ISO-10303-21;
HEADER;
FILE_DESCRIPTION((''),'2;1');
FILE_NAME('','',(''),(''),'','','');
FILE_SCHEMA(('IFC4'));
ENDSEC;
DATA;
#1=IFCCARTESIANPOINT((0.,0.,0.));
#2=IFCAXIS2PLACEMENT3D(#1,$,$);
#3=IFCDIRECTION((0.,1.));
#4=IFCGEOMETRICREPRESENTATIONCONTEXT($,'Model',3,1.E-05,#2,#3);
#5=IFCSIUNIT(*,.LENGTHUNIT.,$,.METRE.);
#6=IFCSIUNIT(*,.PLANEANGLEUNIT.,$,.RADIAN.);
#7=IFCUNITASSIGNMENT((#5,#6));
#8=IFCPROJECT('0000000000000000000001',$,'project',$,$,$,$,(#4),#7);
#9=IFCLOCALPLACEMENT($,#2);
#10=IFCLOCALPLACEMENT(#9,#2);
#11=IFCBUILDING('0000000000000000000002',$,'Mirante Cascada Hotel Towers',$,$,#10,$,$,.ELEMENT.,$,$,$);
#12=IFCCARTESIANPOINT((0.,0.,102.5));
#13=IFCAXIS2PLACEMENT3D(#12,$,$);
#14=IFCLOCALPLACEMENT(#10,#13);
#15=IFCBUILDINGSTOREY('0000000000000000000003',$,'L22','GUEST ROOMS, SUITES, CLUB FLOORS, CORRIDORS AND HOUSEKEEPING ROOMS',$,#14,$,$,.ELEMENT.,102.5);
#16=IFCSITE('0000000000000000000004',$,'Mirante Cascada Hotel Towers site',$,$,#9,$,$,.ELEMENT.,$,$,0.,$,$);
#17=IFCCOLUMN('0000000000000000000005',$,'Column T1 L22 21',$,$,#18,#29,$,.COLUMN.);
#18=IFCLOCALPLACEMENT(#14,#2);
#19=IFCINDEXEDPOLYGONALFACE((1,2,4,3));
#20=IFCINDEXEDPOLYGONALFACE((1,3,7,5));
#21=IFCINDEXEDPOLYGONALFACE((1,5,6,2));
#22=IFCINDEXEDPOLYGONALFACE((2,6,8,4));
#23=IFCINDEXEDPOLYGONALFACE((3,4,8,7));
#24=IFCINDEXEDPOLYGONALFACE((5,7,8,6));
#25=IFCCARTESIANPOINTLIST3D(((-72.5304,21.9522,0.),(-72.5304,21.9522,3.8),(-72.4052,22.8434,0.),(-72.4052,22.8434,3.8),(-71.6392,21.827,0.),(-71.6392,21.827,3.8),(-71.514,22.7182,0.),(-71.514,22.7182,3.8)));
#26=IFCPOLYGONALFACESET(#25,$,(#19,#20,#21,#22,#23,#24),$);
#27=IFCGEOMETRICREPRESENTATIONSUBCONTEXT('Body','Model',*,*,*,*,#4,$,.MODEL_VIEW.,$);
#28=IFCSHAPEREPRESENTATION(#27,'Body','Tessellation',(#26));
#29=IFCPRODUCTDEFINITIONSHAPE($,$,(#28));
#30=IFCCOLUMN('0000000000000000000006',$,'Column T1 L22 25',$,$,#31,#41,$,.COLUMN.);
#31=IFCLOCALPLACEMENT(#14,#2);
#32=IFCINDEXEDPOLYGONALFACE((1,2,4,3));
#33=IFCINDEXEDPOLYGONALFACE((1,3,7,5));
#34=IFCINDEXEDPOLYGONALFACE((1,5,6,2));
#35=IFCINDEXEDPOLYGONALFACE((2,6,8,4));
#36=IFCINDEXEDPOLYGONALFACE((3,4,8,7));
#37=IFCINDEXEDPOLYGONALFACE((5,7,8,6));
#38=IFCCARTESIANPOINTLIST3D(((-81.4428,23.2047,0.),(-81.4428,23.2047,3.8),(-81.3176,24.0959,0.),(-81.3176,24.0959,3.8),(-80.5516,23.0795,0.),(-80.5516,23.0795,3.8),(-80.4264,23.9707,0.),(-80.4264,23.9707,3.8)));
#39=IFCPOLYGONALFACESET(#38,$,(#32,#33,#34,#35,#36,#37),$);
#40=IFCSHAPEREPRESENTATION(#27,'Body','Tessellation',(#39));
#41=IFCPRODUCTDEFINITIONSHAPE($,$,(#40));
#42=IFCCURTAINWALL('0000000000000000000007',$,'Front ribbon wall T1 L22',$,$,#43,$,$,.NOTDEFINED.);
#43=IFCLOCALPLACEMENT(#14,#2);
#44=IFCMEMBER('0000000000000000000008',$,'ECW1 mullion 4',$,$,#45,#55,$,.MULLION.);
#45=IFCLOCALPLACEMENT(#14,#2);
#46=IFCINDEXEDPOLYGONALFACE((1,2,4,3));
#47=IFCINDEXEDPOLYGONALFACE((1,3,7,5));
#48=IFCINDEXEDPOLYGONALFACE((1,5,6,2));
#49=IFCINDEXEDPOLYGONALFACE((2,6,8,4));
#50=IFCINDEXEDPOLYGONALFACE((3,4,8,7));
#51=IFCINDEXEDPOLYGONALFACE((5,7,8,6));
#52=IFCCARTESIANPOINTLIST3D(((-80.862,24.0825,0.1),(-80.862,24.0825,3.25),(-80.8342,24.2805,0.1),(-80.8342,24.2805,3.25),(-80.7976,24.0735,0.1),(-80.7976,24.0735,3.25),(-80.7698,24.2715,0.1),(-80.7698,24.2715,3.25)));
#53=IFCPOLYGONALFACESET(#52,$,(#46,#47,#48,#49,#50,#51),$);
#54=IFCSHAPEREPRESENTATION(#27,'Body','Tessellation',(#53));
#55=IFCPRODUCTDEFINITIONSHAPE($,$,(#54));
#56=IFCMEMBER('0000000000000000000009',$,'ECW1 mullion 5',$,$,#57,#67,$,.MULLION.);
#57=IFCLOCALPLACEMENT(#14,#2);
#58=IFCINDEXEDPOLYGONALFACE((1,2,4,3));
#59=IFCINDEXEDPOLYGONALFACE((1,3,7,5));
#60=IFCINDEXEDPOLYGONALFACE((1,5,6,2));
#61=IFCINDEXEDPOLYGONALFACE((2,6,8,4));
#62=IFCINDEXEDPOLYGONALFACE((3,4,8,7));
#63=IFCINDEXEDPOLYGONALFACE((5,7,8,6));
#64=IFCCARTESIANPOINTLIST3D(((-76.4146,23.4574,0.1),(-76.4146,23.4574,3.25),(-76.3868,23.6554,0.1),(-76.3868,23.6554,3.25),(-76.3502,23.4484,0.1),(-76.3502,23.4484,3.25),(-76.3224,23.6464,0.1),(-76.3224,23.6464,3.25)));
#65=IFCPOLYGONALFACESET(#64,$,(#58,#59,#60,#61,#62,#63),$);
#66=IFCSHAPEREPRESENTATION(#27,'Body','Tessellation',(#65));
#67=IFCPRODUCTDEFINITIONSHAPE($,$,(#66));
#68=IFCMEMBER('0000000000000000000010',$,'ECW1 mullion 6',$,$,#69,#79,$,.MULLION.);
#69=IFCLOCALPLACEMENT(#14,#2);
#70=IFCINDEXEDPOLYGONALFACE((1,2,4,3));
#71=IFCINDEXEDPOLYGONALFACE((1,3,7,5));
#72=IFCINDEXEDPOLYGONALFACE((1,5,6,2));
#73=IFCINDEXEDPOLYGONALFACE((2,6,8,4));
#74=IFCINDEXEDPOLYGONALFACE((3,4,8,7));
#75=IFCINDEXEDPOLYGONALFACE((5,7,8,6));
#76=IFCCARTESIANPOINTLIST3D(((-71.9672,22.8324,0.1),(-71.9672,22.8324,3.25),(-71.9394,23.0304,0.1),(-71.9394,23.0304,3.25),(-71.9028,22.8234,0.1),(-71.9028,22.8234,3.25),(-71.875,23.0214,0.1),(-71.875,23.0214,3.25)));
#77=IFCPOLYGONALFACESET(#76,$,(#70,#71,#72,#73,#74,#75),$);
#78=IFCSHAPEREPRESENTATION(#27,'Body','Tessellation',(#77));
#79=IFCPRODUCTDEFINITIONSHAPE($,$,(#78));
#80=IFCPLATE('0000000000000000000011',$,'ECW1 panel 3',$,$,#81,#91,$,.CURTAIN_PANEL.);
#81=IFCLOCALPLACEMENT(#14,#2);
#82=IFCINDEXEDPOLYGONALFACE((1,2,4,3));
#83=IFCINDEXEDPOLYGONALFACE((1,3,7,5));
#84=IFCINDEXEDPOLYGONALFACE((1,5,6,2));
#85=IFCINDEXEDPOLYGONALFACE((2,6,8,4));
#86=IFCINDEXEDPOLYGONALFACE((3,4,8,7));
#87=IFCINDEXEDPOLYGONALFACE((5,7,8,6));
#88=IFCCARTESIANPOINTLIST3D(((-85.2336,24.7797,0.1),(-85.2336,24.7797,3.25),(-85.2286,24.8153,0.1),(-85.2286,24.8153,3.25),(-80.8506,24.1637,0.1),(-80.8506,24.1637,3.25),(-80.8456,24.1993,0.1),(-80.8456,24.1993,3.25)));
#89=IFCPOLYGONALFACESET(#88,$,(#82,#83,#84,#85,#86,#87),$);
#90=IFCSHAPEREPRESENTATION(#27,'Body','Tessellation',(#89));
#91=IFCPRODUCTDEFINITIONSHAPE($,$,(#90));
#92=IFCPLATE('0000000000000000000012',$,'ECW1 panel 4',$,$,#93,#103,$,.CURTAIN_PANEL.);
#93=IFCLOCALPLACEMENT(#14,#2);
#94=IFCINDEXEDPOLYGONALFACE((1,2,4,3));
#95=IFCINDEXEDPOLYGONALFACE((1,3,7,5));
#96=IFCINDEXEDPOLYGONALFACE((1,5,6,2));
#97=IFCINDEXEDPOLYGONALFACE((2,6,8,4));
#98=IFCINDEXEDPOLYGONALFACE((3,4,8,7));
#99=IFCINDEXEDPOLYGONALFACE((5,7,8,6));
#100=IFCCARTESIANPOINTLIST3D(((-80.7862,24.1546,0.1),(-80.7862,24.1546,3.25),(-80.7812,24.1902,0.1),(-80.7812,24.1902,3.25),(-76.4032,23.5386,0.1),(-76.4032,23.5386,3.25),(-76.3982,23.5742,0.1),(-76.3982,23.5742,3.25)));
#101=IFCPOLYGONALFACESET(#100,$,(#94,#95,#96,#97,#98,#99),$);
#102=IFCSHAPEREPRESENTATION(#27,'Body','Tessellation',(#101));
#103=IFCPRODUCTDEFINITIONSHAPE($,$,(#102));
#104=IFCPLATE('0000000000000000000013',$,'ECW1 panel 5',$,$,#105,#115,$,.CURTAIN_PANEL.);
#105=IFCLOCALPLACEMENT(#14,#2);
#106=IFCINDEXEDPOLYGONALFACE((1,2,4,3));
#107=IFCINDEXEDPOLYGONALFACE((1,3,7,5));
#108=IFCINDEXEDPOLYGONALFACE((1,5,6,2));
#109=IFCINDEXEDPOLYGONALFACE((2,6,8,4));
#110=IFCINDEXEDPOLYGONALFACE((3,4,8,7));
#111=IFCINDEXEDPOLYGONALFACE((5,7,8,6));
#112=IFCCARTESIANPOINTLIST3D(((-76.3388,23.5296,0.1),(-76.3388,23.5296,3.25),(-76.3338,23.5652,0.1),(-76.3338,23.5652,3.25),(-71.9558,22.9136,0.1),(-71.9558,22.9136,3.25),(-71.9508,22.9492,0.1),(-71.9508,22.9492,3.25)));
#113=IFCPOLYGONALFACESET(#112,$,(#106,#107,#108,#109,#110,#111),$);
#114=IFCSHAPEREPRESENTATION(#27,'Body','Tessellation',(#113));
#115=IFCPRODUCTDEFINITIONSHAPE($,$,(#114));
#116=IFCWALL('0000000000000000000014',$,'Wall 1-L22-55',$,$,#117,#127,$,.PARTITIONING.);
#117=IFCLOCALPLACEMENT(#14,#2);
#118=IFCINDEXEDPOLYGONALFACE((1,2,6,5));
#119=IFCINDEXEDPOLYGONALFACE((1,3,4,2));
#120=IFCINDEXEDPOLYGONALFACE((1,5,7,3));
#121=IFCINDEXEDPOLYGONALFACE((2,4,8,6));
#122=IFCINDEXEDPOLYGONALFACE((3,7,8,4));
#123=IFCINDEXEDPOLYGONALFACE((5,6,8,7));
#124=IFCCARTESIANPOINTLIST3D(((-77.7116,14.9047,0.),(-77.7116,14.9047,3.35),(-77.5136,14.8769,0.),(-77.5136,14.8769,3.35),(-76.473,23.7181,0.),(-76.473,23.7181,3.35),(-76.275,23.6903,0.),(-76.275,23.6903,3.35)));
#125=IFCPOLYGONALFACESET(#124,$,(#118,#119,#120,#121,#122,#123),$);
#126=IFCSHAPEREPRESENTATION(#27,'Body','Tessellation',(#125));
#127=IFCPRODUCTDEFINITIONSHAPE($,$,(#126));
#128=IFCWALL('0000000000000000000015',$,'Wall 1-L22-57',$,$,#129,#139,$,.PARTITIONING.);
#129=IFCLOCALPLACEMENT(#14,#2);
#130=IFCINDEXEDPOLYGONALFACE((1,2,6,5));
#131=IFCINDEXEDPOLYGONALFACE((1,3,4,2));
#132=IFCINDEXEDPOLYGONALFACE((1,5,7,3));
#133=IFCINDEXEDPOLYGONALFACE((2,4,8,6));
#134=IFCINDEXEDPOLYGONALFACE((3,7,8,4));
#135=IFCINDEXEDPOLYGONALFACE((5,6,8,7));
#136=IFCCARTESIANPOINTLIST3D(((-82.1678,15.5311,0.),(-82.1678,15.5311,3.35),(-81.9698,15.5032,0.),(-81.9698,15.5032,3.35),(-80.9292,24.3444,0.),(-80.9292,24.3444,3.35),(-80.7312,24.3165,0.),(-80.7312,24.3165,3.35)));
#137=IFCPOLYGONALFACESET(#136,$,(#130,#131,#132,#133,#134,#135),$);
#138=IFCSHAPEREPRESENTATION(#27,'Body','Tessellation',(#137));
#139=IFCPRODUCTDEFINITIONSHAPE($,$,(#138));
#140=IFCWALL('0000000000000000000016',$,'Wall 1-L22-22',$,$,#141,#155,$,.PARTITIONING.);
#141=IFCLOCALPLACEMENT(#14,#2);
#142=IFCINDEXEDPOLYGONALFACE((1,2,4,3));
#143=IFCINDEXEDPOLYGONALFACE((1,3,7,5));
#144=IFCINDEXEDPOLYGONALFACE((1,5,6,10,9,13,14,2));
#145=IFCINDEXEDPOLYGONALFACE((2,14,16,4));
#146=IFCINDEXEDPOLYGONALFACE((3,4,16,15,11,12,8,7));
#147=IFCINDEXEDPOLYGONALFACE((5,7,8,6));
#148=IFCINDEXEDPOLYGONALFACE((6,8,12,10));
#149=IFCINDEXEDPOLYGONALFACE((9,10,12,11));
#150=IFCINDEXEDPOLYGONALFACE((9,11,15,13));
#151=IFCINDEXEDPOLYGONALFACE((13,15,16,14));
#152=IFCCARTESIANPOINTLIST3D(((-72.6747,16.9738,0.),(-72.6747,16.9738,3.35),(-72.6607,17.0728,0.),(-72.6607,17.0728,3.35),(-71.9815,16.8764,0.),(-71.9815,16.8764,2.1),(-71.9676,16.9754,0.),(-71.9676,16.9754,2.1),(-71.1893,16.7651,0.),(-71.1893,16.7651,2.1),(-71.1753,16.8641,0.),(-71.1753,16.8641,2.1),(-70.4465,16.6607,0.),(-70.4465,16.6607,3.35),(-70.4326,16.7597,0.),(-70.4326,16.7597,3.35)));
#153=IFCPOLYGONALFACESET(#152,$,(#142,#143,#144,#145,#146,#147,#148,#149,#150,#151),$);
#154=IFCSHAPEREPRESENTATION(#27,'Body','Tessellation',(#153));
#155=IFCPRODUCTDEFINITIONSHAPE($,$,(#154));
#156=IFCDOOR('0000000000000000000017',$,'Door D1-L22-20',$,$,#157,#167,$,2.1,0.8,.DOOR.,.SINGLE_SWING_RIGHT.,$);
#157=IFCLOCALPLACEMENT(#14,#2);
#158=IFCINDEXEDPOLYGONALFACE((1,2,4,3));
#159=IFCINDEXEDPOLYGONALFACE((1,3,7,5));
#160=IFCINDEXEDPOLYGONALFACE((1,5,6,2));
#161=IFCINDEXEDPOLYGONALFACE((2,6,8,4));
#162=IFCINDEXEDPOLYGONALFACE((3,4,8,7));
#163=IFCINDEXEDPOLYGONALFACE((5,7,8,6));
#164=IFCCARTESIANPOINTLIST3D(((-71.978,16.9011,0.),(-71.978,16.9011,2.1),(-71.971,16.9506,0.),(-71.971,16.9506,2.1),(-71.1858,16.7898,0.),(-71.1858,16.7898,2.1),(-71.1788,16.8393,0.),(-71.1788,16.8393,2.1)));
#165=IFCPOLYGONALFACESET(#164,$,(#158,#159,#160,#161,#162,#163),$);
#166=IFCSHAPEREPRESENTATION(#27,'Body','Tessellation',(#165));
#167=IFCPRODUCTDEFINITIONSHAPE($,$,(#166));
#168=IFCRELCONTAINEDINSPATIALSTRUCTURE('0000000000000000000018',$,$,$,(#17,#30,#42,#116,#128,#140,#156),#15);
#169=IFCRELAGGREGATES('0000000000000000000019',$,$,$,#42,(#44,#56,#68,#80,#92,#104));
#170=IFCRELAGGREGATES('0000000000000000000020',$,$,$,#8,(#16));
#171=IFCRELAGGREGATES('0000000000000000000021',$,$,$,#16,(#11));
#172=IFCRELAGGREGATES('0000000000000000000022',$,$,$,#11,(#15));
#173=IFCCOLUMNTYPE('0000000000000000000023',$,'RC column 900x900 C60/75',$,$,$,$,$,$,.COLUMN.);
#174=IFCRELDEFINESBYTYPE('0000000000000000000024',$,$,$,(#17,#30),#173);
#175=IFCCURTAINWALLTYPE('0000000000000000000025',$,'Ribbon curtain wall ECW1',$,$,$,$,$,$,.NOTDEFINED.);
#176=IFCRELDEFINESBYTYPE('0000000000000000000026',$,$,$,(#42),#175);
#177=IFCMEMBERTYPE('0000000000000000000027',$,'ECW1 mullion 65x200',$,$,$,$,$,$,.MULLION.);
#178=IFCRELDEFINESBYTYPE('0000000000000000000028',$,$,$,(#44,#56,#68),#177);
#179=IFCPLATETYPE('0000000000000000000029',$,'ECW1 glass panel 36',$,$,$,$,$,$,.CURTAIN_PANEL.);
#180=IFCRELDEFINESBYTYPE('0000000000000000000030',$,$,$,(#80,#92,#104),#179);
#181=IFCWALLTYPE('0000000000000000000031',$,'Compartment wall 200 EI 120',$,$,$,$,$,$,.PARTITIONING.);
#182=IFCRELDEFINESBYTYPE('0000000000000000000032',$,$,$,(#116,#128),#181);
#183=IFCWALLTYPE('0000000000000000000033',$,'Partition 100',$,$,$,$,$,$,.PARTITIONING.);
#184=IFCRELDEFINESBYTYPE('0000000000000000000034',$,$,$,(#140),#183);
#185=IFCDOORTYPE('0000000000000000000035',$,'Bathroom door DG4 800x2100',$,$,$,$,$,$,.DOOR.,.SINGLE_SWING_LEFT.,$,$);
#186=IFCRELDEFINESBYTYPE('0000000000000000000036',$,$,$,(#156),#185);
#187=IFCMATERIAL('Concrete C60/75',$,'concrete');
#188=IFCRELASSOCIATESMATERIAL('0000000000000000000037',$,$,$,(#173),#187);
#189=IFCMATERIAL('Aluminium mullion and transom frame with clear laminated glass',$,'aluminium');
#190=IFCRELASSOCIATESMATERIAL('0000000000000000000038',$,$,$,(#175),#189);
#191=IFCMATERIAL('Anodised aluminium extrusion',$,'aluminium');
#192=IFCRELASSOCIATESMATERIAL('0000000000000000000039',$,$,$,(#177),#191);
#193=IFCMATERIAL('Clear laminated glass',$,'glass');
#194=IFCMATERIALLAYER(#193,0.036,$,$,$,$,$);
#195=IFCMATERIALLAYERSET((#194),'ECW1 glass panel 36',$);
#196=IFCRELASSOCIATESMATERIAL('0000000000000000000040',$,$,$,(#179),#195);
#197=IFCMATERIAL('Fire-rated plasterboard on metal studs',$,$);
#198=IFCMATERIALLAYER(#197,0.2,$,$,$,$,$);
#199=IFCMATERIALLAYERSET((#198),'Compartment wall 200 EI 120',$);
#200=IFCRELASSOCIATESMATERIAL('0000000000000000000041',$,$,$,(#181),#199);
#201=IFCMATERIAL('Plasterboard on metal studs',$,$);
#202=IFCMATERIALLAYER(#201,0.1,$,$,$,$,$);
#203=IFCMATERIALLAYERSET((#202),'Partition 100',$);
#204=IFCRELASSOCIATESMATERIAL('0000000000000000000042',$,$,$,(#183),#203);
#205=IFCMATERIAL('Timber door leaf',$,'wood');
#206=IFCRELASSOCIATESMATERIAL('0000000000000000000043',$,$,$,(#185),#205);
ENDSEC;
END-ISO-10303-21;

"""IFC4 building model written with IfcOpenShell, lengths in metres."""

from ifc_helpers import new_model, si_unit, direction, frame, frame_2d, origin, origin_2d, place, context, subcontext, project, spatial, rectangle, extrude, material, layer, layer_set, material_profile, profile_set, type_object, element, fill, aggregate, save


model = new_model("IFC4")

# Units and contexts
model_context = context("Model", 3, precision=1e-05, world=origin(), true_north=direction((0.0, 1.0)))
body_context = subcontext(model_context, "Body", "Model", "MODEL_VIEW")
ifc_project = project(units=[si_unit("LENGTHUNIT", "METRE"), si_unit("PLANEANGLEUNIT", "RADIAN")], contexts=[model_context])

# Site, building, storey
site_placement = place(None, origin())
site = spatial("IfcSite", under=ifc_project, at=site_placement, Name="Mirante Cascada Hotel Towers site", CompositionType="ELEMENT", RefElevation=0.0)
building_placement = place(site_placement, origin())
building = spatial("IfcBuilding", under=site, at=building_placement, Name="Mirante Cascada Hotel Towers", CompositionType="ELEMENT")
storey_placement = place(building_placement, frame((0.0, 0.0, 102.5)))
storey = spatial("IfcBuildingStorey", under=building, at=storey_placement, Name="L22", Description="GUEST ROOMS, SUITES, CLUB FLOORS, CORRIDORS AND HOUSEKEEPING ROOMS", CompositionType="ELEMENT", Elevation=102.5)

# Columns
ifc_material_1 = material(Name="Concrete C60/75", Category="concrete")
ifc_material_profile_1 = material_profile(ifc_material_1, rectangle(XDim=0.9, YDim=0.9, at=origin_2d()), Name="RC column 900x900 C60/75")
ifc_profile_set_1 = profile_set([ifc_material_profile_1], Name="Concrete C60/75")
column_type = type_object("IfcColumnType", Name="RC column 900x900 C60/75", PredefinedType="COLUMN", material=ifc_profile_set_1)
for number, where, z_axis, x_axis, name in (
    (1, (-72.0222, 22.3352, 0.0), (0.0, 0.0, 1.0), (-0.990268, 0.139173, 0.0), "Column T1 L22 21"),
    (2, (-80.9346, 23.5877, 0.0), (0.0, 0.0, 1.0), (-0.990268, 0.139173, 0.0), "Column T1 L22 25"),
):
    element("IfcColumn", number, at=place(storey_placement, frame(where, z_axis=z_axis, x_axis=x_axis)), inside=storey, type_object=column_type, Name=name, PredefinedType="COLUMN", context=body_context, shape_type="SweptSolid", body=[
        extrude(rectangle(XDim=0.9, YDim=0.9, at=origin_2d()), origin(), (0.0, 0.0, 1.0), 3.8),
    ])

# Curtain wall, members, plates
ifc_material_2 = material(Name="Aluminium mullion and transom frame with clear laminated glass", Category="aluminium")
curtain_wall_type = type_object("IfcCurtainWallType", Name="Ribbon curtain wall ECW1", PredefinedType="NOTDEFINED", material=ifc_material_2)
curtain_wall_placement = place(storey_placement, origin())
curtain_wall = element("IfcCurtainWall", 3, at=curtain_wall_placement, inside=storey, type_object=curtain_wall_type, Name="Front ribbon wall T1 L22", PredefinedType="NOTDEFINED")
ifc_material_3 = material(Name="Anodised aluminium extrusion", Category="aluminium")
ifc_material_profile_2 = material_profile(ifc_material_3, rectangle(XDim=0.2, YDim=0.065, at=origin_2d()), Name="ECW1 MULLION 65x200")
ifc_profile_set_2 = profile_set([ifc_material_profile_2], Name="Anodised aluminium extrusion")
member_type = type_object("IfcMemberType", Name="ECW1 mullion 65x200", PredefinedType="MULLION", material=ifc_profile_set_2)
member_1_placement = place(storey_placement, frame((-80.8159, 24.177, 0.1), z_axis=(0.0, 0.0, 1.0), x_axis=(0.139173, 0.990268, 0.0)))
member_1 = element("IfcMember", 4, at=member_1_placement, type_object=member_type, Name="ECW1 mullion 4", PredefinedType="MULLION", context=body_context, shape_type="SweptSolid", body=[
    extrude(rectangle(XDim=0.2, YDim=0.065, at=origin_2d()), origin(), (0.0, 0.0, 1.0), 3.15),
])
member_2_placement = place(storey_placement, frame((-76.3685, 23.5519, 0.1), z_axis=(0.0, 0.0, 1.0), x_axis=(0.139173, 0.990268, 0.0)))
member_2 = element("IfcMember", 5, at=member_2_placement, type_object=member_type, Name="ECW1 mullion 5", PredefinedType="MULLION", context=body_context, shape_type="SweptSolid", body=[
    extrude(rectangle(XDim=0.2, YDim=0.065, at=origin_2d()), origin(), (0.0, 0.0, 1.0), 3.15),
])
member_3_placement = place(storey_placement, frame((-71.9211, 22.9269, 0.1), z_axis=(0.0, 0.0, 1.0), x_axis=(0.139173, 0.990268, 0.0)))
member_3 = element("IfcMember", 6, at=member_3_placement, type_object=member_type, Name="ECW1 mullion 6", PredefinedType="MULLION", context=body_context, shape_type="SweptSolid", body=[
    extrude(rectangle(XDim=0.2, YDim=0.065, at=origin_2d()), origin(), (0.0, 0.0, 1.0), 3.15),
])
ifc_material_4 = material(Name="Clear laminated glass", Category="glass")
ifc_layer_1 = layer(ifc_material_4, 0.036)
ifc_layer_set_1 = layer_set([ifc_layer_1], Name="ECW1 glass panel 36")
plate_type = type_object("IfcPlateType", Name="ECW1 glass panel 36", PredefinedType="CURTAIN_PANEL", material=ifc_layer_set_1)
plate_1_placement = place(storey_placement, frame((-83.0396, 24.4895, 0.1), z_axis=(0.0, 0.0, 1.0), x_axis=(0.990268, -0.139173, 0.0)))
plate_1 = element("IfcPlate", 7, at=plate_1_placement, type_object=plate_type, Name="ECW1 panel 3", PredefinedType="CURTAIN_PANEL", context=body_context, shape_type="SweptSolid", body=[
    extrude(rectangle(XDim=4.4261, YDim=0.036, at=origin_2d()), origin(), (0.0, 0.0, 1.0), 3.15),
])
plate_2_placement = place(storey_placement, frame((-78.5922, 23.8644, 0.1), z_axis=(0.0, 0.0, 1.0), x_axis=(0.990268, -0.139173, 0.0)))
plate_2 = element("IfcPlate", 8, at=plate_2_placement, type_object=plate_type, Name="ECW1 panel 4", PredefinedType="CURTAIN_PANEL", context=body_context, shape_type="SweptSolid", body=[
    extrude(rectangle(XDim=4.4261, YDim=0.036, at=origin_2d()), origin(), (0.0, 0.0, 1.0), 3.15),
])
plate_3_placement = place(storey_placement, frame((-74.1448, 23.2394, 0.1), z_axis=(0.0, 0.0, 1.0), x_axis=(0.990268, -0.139173, 0.0)))
plate_3 = element("IfcPlate", 9, at=plate_3_placement, type_object=plate_type, Name="ECW1 panel 5", PredefinedType="CURTAIN_PANEL", context=body_context, shape_type="SweptSolid", body=[
    extrude(rectangle(XDim=4.4261, YDim=0.036, at=origin_2d()), origin(), (0.0, 0.0, 1.0), 3.15),
])
aggregate(curtain_wall, [member_1, member_2, member_3, plate_1, plate_2, plate_3])

# Walls
ifc_material_5 = material(Name="Fire-rated plasterboard on metal studs")
ifc_layer_2 = layer(ifc_material_5, 0.2)
ifc_layer_set_2 = layer_set([ifc_layer_2], Name="Compartment wall 200 EI 120")
wall_type_1 = type_object("IfcWallType", Name="Compartment wall 200 EI 120", PredefinedType="PARTITIONING", material=ifc_layer_set_2)
wall_1_placement = place(storey_placement, frame((-77.6126, 14.8908, 0.0), z_axis=(0.0, 0.0, 1.0), x_axis=(0.139168, 0.990269, 0.0)))
element("IfcWall", 10, at=wall_1_placement, inside=storey, type_object=wall_type_1, Name="Wall 1-L22-55", PredefinedType="PARTITIONING", context=body_context, shape_type="SweptSolid", body=[
    extrude(rectangle(XDim=8.9, YDim=0.2, at=frame_2d((4.45, 0.0))), origin(), (0.0, 0.0, 1.0), 3.35),
])
wall_2_placement = place(storey_placement, frame((-82.0688, 15.5171, 0.0), z_axis=(0.0, 0.0, 1.0), x_axis=(0.13917, 0.990268, 0.0)))
element("IfcWall", 11, at=wall_2_placement, inside=storey, type_object=wall_type_1, Name="Wall 1-L22-57", PredefinedType="PARTITIONING", context=body_context, shape_type="SweptSolid", body=[
    extrude(rectangle(XDim=8.8999, YDim=0.2, at=frame_2d((4.45, 0.0))), origin(), (0.0, 0.0, 1.0), 3.35),
])

# Wall, opening, door
ifc_material_6 = material(Name="Plasterboard on metal studs")
ifc_layer_3 = layer(ifc_material_6, 0.1)
ifc_layer_set_3 = layer_set([ifc_layer_3], Name="Partition 100")
wall_type_2 = type_object("IfcWallType", Name="Partition 100", PredefinedType="PARTITIONING", material=ifc_layer_set_3)
wall_3_placement = place(storey_placement, frame((-72.6677, 17.0233, 0.0), z_axis=(0.0, 0.0, 1.0), x_axis=(0.990271, -0.139156, 0.0)))
wall_3 = element("IfcWall", 12, at=wall_3_placement, inside=storey, type_object=wall_type_2, Name="Wall 1-L22-22", PredefinedType="PARTITIONING", context=body_context, shape_type="SweptSolid", body=[
    extrude(rectangle(XDim=2.25, YDim=0.1, at=frame_2d((1.125, 0.0))), origin(), (0.0, 0.0, 1.0), 3.35),
])
opening_1_placement = place(wall_3_placement, frame((0.7, 0.0, 0.0)))
opening_1 = element("IfcOpeningElement", 13, at=opening_1_placement, cuts=wall_3, PredefinedType="OPENING", context=body_context, shape_type="SweptSolid", body=[
    extrude(rectangle(XDim=0.8, YDim=2.1, at=frame_2d((0.4, 1.05))), frame((0.0, 0.05, 0.0), z_axis=(0.0, -1.0, 0.0), x_axis=(1.0, 0.0, 0.0)), (0.0, 0.0, 1.0), 0.1),
])
ifc_material_7 = material(Name="Timber door leaf", Category="wood")
door_type = type_object("IfcDoorType", Name="Bathroom door DG4 800x2100", OperationType="SINGLE_SWING_LEFT", PredefinedType="DOOR", material=ifc_material_7)
door_1_placement = place(opening_1_placement, frame((0.8, 0.0, 0.0), z_axis=(0.0, 0.0, 1.0), x_axis=(-1.0, 0.0, 0.0)))
door_1 = element("IfcDoor", 14, at=door_1_placement, inside=storey, type_object=door_type, Name="Door D1-L22-20", OperationType="SINGLE_SWING_RIGHT", OverallHeight=2.1, OverallWidth=0.8, PredefinedType="DOOR", context=body_context, shape_type="SweptSolid", body=[
    extrude(rectangle(XDim=0.8, YDim=2.1, at=frame_2d((0.4, 1.05))), frame((0.0, 0.025, 0.0), z_axis=(0.0, -1.0, 0.0), x_axis=(1.0, 0.0, 0.0)), (0.0, 0.0, 1.0), 0.05),
])
fill(opening_1, door_1)

save(model, "model.ifc")
